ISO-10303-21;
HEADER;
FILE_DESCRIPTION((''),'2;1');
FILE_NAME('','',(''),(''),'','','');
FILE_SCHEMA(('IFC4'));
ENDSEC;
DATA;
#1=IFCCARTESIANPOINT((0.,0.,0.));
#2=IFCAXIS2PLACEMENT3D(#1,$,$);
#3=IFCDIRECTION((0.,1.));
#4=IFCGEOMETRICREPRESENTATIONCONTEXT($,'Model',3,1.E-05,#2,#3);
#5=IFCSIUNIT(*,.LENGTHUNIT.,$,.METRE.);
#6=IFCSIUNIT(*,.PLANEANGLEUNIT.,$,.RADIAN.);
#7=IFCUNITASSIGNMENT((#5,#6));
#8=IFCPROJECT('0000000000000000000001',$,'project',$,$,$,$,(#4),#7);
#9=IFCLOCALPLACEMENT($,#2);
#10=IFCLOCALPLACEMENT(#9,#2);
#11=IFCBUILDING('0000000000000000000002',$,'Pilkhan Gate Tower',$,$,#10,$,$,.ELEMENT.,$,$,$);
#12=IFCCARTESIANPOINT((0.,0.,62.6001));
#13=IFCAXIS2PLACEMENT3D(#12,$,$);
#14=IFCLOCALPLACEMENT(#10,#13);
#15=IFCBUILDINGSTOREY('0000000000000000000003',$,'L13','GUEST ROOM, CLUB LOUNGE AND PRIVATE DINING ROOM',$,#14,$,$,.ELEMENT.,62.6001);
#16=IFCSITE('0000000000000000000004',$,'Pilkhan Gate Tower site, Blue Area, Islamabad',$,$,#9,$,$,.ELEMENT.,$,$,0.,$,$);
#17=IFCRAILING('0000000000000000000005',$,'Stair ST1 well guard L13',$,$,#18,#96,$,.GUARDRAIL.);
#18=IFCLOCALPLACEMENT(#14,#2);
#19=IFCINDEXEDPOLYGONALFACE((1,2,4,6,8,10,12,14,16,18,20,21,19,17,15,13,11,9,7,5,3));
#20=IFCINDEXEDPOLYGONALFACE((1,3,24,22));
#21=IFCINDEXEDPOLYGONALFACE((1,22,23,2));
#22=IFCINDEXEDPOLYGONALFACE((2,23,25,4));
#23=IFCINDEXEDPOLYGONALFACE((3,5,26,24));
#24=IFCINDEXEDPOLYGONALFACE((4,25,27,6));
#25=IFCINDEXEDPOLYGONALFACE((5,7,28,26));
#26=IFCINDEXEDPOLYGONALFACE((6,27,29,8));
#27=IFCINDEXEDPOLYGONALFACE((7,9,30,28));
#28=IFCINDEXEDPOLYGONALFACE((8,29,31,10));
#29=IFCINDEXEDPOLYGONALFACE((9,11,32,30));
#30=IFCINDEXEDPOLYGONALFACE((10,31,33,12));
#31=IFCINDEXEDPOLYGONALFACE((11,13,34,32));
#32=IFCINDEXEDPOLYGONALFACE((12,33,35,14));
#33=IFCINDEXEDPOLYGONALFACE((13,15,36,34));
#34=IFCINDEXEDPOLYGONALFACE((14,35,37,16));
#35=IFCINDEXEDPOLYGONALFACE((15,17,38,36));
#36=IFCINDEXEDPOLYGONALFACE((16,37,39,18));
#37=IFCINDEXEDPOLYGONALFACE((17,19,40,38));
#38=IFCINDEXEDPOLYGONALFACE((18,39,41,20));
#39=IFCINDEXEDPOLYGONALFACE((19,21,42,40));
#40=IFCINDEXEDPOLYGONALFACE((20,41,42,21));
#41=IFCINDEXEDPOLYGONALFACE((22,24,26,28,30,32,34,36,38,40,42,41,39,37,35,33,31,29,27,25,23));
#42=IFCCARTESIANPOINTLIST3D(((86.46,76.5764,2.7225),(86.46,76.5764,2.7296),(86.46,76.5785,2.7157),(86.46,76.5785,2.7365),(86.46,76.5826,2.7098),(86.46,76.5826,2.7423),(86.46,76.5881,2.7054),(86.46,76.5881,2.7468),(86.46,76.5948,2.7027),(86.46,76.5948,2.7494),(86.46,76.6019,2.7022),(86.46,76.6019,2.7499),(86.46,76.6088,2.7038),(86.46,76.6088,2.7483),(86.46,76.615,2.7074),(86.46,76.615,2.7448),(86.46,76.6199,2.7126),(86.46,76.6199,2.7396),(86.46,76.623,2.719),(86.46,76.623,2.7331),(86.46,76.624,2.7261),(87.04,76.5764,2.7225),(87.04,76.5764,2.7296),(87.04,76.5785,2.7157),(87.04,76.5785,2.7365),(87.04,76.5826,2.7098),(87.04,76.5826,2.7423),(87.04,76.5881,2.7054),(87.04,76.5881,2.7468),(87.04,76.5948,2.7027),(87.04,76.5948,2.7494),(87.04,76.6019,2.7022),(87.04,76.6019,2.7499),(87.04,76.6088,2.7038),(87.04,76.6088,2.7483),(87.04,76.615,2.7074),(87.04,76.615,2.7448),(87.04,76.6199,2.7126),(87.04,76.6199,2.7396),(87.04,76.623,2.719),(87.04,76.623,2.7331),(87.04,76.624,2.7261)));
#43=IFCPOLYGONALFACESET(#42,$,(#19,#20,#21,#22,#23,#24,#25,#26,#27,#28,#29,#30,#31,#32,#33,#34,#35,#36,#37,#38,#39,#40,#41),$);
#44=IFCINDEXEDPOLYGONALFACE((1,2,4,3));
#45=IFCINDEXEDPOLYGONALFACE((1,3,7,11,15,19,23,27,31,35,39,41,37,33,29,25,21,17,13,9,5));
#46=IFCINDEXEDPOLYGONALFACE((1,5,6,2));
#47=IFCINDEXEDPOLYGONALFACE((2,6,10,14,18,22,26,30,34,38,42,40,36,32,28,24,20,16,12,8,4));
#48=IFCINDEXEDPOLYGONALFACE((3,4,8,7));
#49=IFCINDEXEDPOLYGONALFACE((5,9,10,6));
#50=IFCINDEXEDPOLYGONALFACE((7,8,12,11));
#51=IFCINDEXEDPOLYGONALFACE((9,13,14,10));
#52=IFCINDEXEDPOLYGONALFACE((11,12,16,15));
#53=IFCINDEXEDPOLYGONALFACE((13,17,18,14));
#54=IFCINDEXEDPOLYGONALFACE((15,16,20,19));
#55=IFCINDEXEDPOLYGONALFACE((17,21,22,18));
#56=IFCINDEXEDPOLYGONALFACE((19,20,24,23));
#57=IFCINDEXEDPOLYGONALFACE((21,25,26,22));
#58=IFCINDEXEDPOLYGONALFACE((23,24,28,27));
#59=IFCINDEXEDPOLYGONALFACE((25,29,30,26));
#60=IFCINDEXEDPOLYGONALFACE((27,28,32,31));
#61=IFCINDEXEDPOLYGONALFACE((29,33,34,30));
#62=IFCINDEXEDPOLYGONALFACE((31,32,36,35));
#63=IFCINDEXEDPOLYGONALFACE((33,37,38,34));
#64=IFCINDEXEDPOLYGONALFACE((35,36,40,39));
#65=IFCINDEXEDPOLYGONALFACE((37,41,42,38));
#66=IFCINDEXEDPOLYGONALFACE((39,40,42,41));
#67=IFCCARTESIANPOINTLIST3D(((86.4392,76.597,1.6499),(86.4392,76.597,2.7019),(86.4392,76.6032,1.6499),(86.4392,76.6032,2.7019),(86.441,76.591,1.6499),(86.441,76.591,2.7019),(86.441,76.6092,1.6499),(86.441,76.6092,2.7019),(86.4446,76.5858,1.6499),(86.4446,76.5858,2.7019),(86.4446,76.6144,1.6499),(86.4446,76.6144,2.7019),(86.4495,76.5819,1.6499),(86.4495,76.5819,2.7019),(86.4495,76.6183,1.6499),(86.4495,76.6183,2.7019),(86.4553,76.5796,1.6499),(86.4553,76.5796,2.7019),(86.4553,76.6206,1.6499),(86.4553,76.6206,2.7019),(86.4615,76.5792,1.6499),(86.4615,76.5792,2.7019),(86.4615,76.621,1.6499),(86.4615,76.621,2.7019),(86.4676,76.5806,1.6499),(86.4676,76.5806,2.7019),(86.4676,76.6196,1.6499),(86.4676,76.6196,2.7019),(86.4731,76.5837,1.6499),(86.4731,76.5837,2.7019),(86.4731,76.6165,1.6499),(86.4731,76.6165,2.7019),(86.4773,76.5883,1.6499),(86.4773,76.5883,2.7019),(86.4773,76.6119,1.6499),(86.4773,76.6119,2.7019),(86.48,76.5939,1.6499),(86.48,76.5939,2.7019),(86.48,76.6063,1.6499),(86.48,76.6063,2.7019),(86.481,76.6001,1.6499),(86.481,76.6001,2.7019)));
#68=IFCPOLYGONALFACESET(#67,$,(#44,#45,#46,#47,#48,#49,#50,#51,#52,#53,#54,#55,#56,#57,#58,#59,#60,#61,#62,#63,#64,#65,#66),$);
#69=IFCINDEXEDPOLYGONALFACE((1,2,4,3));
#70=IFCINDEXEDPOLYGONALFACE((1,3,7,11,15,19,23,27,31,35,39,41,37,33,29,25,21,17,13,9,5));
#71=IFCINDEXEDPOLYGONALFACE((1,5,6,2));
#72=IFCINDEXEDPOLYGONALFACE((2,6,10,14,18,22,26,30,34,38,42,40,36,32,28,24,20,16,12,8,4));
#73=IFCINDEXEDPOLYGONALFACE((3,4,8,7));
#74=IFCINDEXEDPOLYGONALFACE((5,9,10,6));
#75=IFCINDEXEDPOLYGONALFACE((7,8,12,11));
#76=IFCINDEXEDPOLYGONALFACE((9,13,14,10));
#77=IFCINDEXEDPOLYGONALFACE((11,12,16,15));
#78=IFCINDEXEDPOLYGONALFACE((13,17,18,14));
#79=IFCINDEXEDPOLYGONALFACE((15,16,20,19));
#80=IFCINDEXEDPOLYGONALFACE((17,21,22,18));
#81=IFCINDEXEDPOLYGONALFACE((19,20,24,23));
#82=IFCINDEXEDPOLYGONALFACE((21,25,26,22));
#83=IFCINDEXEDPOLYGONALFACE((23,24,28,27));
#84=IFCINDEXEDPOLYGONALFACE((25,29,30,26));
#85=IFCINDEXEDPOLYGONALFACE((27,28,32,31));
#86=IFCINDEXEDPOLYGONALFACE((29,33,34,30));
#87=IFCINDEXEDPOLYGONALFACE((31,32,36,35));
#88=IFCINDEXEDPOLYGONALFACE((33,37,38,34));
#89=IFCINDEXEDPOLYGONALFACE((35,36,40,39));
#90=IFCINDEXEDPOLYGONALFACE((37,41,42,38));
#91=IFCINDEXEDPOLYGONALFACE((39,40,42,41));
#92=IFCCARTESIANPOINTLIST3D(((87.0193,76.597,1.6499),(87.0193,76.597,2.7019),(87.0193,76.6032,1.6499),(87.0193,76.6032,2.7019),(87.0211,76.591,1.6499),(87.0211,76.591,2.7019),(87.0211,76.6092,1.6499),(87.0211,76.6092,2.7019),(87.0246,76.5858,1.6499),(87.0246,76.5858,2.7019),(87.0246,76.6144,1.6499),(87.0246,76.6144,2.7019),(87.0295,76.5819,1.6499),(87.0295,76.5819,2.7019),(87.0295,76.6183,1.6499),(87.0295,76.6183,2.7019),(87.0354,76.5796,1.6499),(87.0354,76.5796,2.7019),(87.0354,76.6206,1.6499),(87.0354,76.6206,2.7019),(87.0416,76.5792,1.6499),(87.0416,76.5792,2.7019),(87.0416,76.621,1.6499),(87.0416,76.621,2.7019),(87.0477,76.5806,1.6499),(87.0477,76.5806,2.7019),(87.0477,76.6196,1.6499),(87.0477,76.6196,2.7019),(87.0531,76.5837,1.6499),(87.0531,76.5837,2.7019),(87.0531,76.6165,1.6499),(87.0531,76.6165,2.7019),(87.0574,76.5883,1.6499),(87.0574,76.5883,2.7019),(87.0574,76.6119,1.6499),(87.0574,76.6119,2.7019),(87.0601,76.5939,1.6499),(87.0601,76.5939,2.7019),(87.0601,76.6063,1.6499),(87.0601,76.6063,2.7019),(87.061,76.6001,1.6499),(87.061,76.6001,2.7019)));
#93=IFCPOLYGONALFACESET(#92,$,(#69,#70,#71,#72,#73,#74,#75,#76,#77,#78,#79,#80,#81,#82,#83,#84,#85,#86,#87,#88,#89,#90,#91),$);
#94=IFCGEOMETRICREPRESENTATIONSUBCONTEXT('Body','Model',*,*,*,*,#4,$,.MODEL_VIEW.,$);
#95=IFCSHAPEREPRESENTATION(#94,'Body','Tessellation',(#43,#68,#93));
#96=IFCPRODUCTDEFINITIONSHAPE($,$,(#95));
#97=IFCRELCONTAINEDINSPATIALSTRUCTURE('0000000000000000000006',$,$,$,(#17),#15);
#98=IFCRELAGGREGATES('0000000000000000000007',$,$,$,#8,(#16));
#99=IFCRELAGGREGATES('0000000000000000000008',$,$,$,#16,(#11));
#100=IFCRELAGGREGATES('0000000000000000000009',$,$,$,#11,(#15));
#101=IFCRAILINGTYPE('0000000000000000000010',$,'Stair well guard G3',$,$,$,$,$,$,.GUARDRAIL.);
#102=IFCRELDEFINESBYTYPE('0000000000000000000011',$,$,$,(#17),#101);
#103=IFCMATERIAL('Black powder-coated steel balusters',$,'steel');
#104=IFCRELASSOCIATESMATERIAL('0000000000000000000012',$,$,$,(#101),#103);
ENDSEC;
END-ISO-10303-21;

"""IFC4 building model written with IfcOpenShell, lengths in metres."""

from ifc_helpers import new_model, si_unit, direction, frame, origin, origin_2d, place, context, subcontext, project, spatial, circle, extrude, material, type_object, element, save


model = new_model("IFC4")

# Units and contexts
model_context = context("Model", 3, precision=1e-05, world=origin(), true_north=direction((0.0, 1.0)))
body_context = subcontext(model_context, "Body", "Model", "MODEL_VIEW")
ifc_project = project(units=[si_unit("LENGTHUNIT", "METRE"), si_unit("PLANEANGLEUNIT", "RADIAN")], contexts=[model_context])

# Site, building, storey
site_placement = place(None, origin())
site = spatial("IfcSite", under=ifc_project, at=site_placement, Name="Pilkhan Gate Tower site, Blue Area, Islamabad", CompositionType="ELEMENT", RefElevation=0.0)
building_placement = place(site_placement, origin())
building = spatial("IfcBuilding", under=site, at=building_placement, Name="Pilkhan Gate Tower", CompositionType="ELEMENT")
storey_placement = place(building_placement, frame((0.0, 0.0, 62.6001)))
storey = spatial("IfcBuildingStorey", under=building, at=storey_placement, Name="L13", Description="GUEST ROOM, CLUB LOUNGE AND PRIVATE DINING ROOM", CompositionType="ELEMENT", Elevation=62.6001)

# Railing
ifc_material_1 = material(Name="Black powder-coated steel balusters", Category="steel")
railing_type_1 = type_object("IfcRailingType", Name="Stair well guard G3", PredefinedType="GUARDRAIL", material=ifc_material_1)
for number, where, name in (
    (1, (86.46, 76.6001, 1.6499), "Stair ST1 well guard L13"),
):
    element("IfcRailing", number, at=place(storey_placement, frame(where)), inside=storey, type_object=railing_type_1, Name=name, PredefinedType="GUARDRAIL", context=body_context, shape_type="SweptSolid", body=[
        extrude(circle(Radius=0.0239, at=origin_2d()), frame((0.0, 0.0, 1.0762), z_axis=(1.0, 0.0, 0.0), x_axis=(0.0, 1.0, 0.0)), (0.0, 0.0, 1.0), 0.5801),
        extrude(circle(Radius=0.021, at=origin_2d()), origin(), (0.0, 0.0, 1.0), 1.052),
        extrude(circle(Radius=0.021, at=origin_2d()), frame((0.5801, 0.0, 0.0)), (0.0, 0.0, 1.0), 1.052),
    ])

save(model, "model.ifc")
